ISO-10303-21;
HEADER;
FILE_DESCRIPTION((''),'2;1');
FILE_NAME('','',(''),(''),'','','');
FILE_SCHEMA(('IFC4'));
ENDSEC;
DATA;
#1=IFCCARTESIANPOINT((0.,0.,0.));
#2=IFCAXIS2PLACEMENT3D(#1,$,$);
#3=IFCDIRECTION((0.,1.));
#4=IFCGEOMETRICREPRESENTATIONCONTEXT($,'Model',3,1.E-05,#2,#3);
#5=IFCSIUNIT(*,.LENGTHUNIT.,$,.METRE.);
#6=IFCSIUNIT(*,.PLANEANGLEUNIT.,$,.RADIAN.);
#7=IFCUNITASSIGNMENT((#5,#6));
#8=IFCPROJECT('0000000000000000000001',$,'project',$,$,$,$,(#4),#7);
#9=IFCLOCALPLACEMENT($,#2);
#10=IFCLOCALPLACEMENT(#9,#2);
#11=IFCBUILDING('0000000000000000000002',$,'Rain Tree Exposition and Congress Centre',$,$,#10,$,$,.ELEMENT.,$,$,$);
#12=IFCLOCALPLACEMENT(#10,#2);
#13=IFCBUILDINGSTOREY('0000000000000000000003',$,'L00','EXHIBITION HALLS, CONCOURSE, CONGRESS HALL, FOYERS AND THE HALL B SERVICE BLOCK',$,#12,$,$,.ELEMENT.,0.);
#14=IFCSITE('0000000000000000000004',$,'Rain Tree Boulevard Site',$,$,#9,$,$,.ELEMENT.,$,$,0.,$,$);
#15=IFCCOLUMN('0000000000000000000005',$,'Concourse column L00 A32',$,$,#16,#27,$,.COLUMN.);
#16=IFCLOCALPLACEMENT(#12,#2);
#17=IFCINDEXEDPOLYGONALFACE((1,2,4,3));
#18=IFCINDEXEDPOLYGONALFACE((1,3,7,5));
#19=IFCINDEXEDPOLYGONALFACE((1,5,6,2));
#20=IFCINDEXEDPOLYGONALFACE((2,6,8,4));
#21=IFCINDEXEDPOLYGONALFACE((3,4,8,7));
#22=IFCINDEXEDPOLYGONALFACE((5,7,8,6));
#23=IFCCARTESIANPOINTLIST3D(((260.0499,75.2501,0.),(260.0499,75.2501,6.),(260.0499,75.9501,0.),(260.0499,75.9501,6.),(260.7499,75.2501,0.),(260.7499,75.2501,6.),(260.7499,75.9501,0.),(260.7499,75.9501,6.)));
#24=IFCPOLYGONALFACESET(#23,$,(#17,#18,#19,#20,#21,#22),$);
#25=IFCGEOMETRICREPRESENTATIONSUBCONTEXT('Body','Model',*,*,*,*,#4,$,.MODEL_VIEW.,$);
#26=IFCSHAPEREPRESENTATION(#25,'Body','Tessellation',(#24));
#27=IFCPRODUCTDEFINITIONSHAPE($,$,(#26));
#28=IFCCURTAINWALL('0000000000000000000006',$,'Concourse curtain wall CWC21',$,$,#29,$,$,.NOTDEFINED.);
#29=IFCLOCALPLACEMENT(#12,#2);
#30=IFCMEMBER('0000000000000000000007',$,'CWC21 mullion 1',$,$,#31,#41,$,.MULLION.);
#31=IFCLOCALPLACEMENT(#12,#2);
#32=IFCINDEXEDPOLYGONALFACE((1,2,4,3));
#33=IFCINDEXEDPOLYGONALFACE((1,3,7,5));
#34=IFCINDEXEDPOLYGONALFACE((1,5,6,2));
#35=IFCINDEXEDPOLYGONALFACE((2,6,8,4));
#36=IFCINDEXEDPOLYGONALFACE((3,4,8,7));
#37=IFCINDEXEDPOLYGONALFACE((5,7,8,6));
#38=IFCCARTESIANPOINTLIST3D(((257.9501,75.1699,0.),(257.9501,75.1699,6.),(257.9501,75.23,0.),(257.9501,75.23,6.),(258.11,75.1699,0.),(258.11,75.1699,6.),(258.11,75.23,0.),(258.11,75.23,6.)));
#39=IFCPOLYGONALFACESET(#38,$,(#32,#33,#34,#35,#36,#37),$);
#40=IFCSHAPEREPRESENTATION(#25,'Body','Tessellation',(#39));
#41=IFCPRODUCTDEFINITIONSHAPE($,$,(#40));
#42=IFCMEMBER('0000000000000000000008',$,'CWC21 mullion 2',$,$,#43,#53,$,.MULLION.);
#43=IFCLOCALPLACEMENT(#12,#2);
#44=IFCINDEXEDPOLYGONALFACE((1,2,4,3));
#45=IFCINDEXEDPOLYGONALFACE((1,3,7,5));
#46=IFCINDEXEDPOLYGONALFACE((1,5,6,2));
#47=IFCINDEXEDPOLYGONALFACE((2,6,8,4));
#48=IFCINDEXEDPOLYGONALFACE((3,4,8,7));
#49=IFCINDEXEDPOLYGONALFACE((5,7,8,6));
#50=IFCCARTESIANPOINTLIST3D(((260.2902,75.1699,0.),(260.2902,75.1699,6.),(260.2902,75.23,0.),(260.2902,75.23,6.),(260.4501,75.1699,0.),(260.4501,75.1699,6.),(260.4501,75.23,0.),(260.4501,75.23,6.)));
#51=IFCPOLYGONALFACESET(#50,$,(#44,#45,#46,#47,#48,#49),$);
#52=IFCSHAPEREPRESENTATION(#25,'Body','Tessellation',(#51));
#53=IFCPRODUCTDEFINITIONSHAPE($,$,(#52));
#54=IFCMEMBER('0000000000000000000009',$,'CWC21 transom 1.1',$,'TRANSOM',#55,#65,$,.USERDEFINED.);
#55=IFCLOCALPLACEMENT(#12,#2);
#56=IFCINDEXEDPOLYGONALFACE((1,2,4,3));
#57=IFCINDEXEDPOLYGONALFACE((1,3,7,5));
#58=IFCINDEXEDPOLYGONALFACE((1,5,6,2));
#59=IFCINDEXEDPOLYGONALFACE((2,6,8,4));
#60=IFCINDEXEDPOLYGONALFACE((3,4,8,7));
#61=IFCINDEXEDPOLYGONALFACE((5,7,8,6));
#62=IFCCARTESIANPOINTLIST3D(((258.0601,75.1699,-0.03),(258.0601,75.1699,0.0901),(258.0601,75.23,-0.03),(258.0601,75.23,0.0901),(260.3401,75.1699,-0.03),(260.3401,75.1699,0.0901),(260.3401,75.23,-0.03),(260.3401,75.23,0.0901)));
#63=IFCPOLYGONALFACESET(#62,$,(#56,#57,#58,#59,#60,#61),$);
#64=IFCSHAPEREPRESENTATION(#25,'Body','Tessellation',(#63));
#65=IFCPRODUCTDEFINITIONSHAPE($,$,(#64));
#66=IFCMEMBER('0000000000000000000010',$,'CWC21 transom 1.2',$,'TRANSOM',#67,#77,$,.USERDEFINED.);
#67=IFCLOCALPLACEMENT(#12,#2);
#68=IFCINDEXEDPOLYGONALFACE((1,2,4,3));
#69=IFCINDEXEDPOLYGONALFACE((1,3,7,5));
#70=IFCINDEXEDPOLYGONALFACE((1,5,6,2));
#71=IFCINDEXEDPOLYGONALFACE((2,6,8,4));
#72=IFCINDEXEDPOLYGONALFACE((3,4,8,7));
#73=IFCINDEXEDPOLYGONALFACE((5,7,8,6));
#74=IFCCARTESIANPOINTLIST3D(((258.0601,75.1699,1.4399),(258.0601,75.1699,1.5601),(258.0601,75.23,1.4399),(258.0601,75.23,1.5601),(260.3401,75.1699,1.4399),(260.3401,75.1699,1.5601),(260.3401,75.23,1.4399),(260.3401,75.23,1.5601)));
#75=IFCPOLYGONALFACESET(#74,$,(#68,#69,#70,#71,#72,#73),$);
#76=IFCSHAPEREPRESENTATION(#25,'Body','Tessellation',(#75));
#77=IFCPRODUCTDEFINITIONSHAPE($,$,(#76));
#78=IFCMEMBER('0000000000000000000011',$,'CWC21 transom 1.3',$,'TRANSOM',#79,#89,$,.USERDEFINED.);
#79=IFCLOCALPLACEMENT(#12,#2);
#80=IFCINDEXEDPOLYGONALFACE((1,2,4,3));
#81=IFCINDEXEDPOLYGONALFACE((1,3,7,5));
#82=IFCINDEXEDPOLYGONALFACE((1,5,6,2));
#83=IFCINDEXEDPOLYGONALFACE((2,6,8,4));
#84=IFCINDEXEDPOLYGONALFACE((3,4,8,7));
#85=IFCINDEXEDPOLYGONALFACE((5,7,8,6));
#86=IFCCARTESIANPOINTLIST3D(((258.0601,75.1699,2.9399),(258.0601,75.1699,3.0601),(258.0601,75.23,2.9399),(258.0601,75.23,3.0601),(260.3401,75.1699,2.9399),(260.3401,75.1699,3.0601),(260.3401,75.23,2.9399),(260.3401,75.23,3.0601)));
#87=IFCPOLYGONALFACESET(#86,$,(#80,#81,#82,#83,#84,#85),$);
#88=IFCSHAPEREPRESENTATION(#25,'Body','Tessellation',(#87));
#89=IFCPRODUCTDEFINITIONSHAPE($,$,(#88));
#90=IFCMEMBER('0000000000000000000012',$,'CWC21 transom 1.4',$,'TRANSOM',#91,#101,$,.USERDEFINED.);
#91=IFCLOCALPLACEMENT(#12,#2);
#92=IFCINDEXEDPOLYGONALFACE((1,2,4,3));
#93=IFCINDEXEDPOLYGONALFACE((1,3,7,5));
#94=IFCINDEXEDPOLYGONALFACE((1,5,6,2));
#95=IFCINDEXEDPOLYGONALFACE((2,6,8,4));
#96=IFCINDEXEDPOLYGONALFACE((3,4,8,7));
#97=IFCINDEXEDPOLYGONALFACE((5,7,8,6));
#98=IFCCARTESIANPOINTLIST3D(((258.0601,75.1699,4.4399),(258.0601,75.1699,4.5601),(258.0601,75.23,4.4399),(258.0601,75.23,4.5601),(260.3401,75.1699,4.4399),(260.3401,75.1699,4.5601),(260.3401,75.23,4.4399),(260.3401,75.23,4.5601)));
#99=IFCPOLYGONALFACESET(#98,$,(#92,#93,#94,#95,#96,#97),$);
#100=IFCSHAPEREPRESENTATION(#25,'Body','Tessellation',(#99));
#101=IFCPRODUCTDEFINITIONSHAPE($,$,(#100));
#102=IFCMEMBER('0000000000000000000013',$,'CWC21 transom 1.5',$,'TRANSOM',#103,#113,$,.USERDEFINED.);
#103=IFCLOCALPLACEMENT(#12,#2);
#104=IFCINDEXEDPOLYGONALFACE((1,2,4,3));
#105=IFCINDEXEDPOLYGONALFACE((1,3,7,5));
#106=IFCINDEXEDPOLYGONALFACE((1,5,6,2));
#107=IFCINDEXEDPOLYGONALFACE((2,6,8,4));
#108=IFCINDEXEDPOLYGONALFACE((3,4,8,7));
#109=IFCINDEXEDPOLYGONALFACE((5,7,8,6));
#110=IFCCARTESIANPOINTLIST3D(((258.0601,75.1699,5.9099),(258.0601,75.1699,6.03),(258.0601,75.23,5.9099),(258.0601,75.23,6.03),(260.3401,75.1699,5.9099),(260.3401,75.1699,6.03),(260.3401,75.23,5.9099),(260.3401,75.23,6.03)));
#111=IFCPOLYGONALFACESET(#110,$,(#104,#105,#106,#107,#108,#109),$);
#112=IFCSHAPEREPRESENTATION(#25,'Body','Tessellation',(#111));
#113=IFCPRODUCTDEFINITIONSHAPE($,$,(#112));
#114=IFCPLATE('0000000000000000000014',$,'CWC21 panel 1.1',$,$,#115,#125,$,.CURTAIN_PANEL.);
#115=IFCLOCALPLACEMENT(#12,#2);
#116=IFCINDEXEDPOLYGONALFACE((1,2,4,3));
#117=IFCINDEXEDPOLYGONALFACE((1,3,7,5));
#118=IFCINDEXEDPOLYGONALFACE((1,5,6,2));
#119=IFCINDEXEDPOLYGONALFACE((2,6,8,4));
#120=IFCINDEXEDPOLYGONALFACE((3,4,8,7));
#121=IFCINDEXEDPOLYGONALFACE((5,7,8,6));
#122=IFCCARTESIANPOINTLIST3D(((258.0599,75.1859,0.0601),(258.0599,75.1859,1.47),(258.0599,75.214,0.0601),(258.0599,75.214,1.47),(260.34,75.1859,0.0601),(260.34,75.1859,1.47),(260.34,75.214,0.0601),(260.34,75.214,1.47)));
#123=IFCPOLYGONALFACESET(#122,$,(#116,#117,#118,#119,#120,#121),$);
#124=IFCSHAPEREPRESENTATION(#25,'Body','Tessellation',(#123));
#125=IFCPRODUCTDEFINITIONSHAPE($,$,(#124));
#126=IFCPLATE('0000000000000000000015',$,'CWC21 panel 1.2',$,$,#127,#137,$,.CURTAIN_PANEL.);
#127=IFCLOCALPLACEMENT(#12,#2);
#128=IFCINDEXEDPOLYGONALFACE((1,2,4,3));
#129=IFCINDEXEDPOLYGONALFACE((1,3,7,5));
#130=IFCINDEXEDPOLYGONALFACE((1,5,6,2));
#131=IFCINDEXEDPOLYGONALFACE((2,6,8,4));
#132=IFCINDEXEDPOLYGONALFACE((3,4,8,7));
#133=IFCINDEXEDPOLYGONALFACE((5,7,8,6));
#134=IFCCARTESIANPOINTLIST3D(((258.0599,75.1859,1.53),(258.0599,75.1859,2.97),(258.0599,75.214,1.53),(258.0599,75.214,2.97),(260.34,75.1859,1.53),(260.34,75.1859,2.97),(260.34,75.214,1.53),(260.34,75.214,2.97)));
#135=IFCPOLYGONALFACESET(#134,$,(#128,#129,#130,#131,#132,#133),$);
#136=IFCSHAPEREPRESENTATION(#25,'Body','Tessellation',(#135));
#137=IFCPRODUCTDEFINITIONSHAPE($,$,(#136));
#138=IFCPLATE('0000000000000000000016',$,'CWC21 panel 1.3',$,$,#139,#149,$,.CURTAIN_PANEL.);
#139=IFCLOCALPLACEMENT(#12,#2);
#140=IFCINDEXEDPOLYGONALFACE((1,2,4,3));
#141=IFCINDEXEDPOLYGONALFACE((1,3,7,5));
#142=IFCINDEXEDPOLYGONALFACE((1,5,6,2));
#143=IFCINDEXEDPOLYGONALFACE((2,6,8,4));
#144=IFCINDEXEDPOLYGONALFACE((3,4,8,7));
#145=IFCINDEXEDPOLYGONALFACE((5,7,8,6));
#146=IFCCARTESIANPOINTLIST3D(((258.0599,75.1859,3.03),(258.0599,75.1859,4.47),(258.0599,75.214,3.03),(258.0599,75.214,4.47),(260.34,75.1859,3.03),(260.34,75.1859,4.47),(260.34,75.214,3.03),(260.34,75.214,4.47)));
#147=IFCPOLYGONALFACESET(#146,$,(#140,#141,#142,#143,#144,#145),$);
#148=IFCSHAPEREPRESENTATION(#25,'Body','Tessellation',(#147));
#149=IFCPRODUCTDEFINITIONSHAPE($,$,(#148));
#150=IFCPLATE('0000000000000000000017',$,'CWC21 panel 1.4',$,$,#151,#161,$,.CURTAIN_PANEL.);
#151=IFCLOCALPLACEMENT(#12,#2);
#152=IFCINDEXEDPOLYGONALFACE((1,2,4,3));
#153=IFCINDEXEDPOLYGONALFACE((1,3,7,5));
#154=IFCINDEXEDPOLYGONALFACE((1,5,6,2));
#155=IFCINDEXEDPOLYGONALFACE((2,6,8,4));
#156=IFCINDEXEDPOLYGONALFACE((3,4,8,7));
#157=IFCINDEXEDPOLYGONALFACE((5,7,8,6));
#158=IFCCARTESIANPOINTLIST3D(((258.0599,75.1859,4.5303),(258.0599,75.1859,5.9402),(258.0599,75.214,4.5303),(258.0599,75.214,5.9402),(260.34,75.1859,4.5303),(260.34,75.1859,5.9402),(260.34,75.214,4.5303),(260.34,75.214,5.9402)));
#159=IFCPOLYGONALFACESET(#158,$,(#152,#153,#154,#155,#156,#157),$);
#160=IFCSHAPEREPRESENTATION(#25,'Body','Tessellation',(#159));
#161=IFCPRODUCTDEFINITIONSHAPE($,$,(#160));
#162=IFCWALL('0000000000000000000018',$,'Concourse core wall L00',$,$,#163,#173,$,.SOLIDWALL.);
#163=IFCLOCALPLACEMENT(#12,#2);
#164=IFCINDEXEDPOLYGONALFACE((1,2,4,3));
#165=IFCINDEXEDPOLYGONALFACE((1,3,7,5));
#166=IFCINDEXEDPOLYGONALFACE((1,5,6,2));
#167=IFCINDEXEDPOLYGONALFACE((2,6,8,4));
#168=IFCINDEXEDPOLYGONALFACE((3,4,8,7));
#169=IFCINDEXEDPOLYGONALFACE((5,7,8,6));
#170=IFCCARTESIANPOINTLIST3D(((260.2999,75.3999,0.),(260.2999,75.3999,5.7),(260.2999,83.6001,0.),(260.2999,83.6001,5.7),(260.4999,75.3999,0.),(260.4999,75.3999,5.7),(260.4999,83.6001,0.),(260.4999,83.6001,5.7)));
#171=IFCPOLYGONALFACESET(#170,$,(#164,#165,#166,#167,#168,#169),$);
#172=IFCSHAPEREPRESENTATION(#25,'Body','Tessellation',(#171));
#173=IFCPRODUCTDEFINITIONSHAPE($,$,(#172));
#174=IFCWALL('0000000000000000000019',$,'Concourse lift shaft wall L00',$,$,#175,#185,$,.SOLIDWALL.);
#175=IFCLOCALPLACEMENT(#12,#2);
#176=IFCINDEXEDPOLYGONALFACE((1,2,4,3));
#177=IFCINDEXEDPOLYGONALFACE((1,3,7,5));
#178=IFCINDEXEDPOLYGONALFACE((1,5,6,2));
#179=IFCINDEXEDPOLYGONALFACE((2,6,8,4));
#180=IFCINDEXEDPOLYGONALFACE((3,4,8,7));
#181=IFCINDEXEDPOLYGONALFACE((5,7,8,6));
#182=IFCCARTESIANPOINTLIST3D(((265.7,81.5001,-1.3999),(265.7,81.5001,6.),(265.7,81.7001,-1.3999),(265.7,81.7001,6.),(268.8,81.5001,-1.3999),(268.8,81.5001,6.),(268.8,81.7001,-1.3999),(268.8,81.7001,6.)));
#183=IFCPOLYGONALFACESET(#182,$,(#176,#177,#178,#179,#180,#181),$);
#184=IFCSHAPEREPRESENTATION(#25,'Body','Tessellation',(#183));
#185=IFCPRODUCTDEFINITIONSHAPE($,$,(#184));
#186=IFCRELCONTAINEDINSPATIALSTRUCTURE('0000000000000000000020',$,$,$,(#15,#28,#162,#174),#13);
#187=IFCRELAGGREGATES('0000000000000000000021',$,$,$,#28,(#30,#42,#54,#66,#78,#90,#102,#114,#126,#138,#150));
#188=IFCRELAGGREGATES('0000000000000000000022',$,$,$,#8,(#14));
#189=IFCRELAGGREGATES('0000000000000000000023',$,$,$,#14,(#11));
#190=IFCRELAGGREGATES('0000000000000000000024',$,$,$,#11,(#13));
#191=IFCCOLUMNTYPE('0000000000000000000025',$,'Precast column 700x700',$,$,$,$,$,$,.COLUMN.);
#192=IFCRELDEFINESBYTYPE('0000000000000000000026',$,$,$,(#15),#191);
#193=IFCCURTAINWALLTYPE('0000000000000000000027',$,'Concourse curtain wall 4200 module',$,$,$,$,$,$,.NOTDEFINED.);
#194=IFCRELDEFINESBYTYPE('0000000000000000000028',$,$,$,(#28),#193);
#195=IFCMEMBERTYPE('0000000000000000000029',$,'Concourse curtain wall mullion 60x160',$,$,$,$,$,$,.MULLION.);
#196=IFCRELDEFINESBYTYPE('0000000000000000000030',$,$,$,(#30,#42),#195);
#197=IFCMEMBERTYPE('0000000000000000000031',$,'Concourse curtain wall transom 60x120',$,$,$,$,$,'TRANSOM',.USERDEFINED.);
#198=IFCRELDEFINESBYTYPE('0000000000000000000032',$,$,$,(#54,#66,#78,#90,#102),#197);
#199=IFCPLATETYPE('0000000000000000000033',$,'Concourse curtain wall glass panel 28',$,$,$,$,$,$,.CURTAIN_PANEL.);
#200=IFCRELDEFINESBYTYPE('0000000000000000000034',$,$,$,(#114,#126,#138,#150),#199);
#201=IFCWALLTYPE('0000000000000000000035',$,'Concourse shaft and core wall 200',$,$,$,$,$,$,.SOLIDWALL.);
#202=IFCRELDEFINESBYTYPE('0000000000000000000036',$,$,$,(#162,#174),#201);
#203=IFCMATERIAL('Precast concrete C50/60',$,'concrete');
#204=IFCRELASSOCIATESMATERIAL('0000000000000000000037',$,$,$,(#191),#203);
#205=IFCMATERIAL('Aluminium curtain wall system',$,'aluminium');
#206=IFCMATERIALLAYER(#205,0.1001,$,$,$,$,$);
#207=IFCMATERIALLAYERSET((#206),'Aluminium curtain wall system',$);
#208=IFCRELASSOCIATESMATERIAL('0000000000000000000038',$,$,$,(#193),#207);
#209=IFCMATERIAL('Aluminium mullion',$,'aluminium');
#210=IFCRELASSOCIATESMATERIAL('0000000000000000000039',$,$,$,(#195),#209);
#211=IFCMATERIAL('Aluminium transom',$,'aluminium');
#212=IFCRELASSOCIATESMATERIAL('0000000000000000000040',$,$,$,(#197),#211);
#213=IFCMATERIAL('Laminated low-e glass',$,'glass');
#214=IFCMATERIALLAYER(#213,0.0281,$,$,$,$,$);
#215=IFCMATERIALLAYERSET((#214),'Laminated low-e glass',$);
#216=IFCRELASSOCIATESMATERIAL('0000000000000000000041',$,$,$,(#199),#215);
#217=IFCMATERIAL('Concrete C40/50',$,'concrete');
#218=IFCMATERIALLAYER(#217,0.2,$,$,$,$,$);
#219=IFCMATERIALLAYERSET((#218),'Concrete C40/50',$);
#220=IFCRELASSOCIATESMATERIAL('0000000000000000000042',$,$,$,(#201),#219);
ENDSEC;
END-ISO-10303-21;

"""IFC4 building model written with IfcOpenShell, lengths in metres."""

from ifc_helpers import new_model, si_unit, direction, frame, frame_2d, origin, origin_2d, place, context, subcontext, project, spatial, rectangle, extrude, material, layer, layer_set, material_profile, profile_set, type_object, element, aggregate, save


model = new_model("IFC4")

# Units and contexts
model_context = context("Model", 3, precision=1e-05, world=origin(), true_north=direction((0.0, 1.0)))
body_context = subcontext(model_context, "Body", "Model", "MODEL_VIEW")
ifc_project = project(units=[si_unit("LENGTHUNIT", "METRE"), si_unit("PLANEANGLEUNIT", "RADIAN")], contexts=[model_context])

# Site, building, storey
site_placement = place(None, origin())
site = spatial("IfcSite", under=ifc_project, at=site_placement, Name="Rain Tree Boulevard Site", CompositionType="ELEMENT", RefElevation=0.0)
building_placement = place(site_placement, origin())
building = spatial("IfcBuilding", under=site, at=building_placement, Name="Rain Tree Exposition and Congress Centre", CompositionType="ELEMENT")
storey_placement = place(building_placement, origin())
storey = spatial("IfcBuildingStorey", under=building, at=storey_placement, Name="L00", Description="EXHIBITION HALLS, CONCOURSE, CONGRESS HALL, FOYERS AND THE HALL B SERVICE BLOCK", CompositionType="ELEMENT", Elevation=0.0)

# Column
ifc_material_1 = material(Name="Precast concrete C50/60", Category="concrete")
ifc_material_profile_1 = material_profile(ifc_material_1, rectangle(XDim=0.7, YDim=0.7, at=origin_2d()), Name="RC 700x700")
ifc_profile_set_1 = profile_set([ifc_material_profile_1], Name="Precast concrete C50/60")
column_type = type_object("IfcColumnType", Name="Precast column 700x700", PredefinedType="COLUMN", material=ifc_profile_set_1)
column_placement = place(storey_placement, frame((260.3999, 75.6001, 0.0), z_axis=(0.0, 0.0, 1.0), x_axis=(1.0, 0.0, 0.0)))
element("IfcColumn", 1, at=column_placement, inside=storey, type_object=column_type, Name="Concourse column L00 A32", PredefinedType="COLUMN", context=body_context, shape_type="SweptSolid", body=[
    extrude(rectangle(XDim=0.7, YDim=0.7, at=origin_2d()), origin(), (0.0, 0.0, 1.0), 6.0),
])

# Curtain wall, members, plates
ifc_material_2 = material(Name="Aluminium curtain wall system", Category="aluminium")
ifc_layer_1 = layer(ifc_material_2, 0.1001)
ifc_layer_set_1 = layer_set([ifc_layer_1], Name="Aluminium curtain wall system")
curtain_wall_type = type_object("IfcCurtainWallType", Name="Concourse curtain wall 4200 module", PredefinedType="NOTDEFINED", material=ifc_layer_set_1)
curtain_wall_placement = place(storey_placement, origin())
curtain_wall = element("IfcCurtainWall", 2, at=curtain_wall_placement, inside=storey, type_object=curtain_wall_type, Name="Concourse curtain wall CWC21", PredefinedType="NOTDEFINED")
ifc_material_3 = material(Name="Aluminium mullion", Category="aluminium")
ifc_material_profile_2 = material_profile(ifc_material_3, rectangle(XDim=0.0601, YDim=0.1599, at=origin_2d()), Name="AL 60x160")
ifc_profile_set_2 = profile_set([ifc_material_profile_2], Name="Aluminium mullion")
member_type_1 = type_object("IfcMemberType", Name="Concourse curtain wall mullion 60x160", PredefinedType="MULLION", material=ifc_profile_set_2)
member_1_placement = place(storey_placement, frame((258.03, 75.2, 0.0), z_axis=(0.0, 0.0, 1.0), x_axis=(0.0, 1.0, 0.0)))
member_1 = element("IfcMember", 3, at=member_1_placement, type_object=member_type_1, Name="CWC21 mullion 1", PredefinedType="MULLION", context=body_context, shape_type="SweptSolid", body=[
    extrude(rectangle(XDim=0.0601, YDim=0.1599, at=origin_2d()), origin(), (0.0, 0.0, 1.0), 6.0),
])
member_2_placement = place(storey_placement, frame((260.3701, 75.2, 0.0), z_axis=(0.0, 0.0, 1.0), x_axis=(0.0, 1.0, 0.0)))
member_2 = element("IfcMember", 4, at=member_2_placement, type_object=member_type_1, Name="CWC21 mullion 2", PredefinedType="MULLION", context=body_context, shape_type="SweptSolid", body=[
    extrude(rectangle(XDim=0.0601, YDim=0.1599, at=origin_2d()), origin(), (0.0, 0.0, 1.0), 6.0),
])
ifc_material_4 = material(Name="Aluminium transom", Category="aluminium")
ifc_material_profile_3 = material_profile(ifc_material_4, rectangle(XDim=0.0601, YDim=0.1201, at=origin_2d()), Name="AL 60x120")
ifc_profile_set_3 = profile_set([ifc_material_profile_3], Name="Aluminium transom")
member_type_2 = type_object("IfcMemberType", Name="Concourse curtain wall transom 60x120", ElementType="TRANSOM", PredefinedType="USERDEFINED", material=ifc_profile_set_3)
member_3_placement = place(storey_placement, frame((258.0601, 75.2, 0.03), z_axis=(1.0, 0.0, 0.0), x_axis=(0.0, 1.0, 0.0)))
member_3 = element("IfcMember", 5, at=member_3_placement, type_object=member_type_2, Name="CWC21 transom 1.1", ObjectType="TRANSOM", PredefinedType="USERDEFINED", context=body_context, shape_type="SweptSolid", body=[
    extrude(rectangle(XDim=0.0601, YDim=0.1201, at=origin_2d()), origin(), (0.0, 0.0, 1.0), 2.28),
])
member_4_placement = place(storey_placement, frame((258.0601, 75.2, 1.5), z_axis=(1.0, 0.0, 0.0), x_axis=(0.0, 1.0, 0.0)))
member_4 = element("IfcMember", 6, at=member_4_placement, type_object=member_type_2, Name="CWC21 transom 1.2", ObjectType="TRANSOM", PredefinedType="USERDEFINED", context=body_context, shape_type="SweptSolid", body=[
    extrude(rectangle(XDim=0.0601, YDim=0.1201, at=origin_2d()), origin(), (0.0, 0.0, 1.0), 2.28),
])
member_5_placement = place(storey_placement, frame((258.0601, 75.2, 3.0), z_axis=(1.0, 0.0, 0.0), x_axis=(0.0, 1.0, 0.0)))
member_5 = element("IfcMember", 7, at=member_5_placement, type_object=member_type_2, Name="CWC21 transom 1.3", ObjectType="TRANSOM", PredefinedType="USERDEFINED", context=body_context, shape_type="SweptSolid", body=[
    extrude(rectangle(XDim=0.0601, YDim=0.1201, at=origin_2d()), origin(), (0.0, 0.0, 1.0), 2.28),
])
member_6_placement = place(storey_placement, frame((258.0601, 75.2, 4.5), z_axis=(1.0, 0.0, 0.0), x_axis=(0.0, 1.0, 0.0)))
member_6 = element("IfcMember", 8, at=member_6_placement, type_object=member_type_2, Name="CWC21 transom 1.4", ObjectType="TRANSOM", PredefinedType="USERDEFINED", context=body_context, shape_type="SweptSolid", body=[
    extrude(rectangle(XDim=0.0601, YDim=0.1201, at=origin_2d()), origin(), (0.0, 0.0, 1.0), 2.28),
])
member_7_placement = place(storey_placement, frame((258.0601, 75.2, 5.97), z_axis=(1.0, 0.0, 0.0), x_axis=(0.0, 1.0, 0.0)))
member_7 = element("IfcMember", 9, at=member_7_placement, type_object=member_type_2, Name="CWC21 transom 1.5", ObjectType="TRANSOM", PredefinedType="USERDEFINED", context=body_context, shape_type="SweptSolid", body=[
    extrude(rectangle(XDim=0.0601, YDim=0.1201, at=origin_2d()), origin(), (0.0, 0.0, 1.0), 2.28),
])
ifc_material_5 = material(Name="Laminated low-e glass", Category="glass")
ifc_layer_2 = layer(ifc_material_5, 0.0281)
ifc_layer_set_2 = layer_set([ifc_layer_2], Name="Laminated low-e glass")
plate_type = type_object("IfcPlateType", Name="Concourse curtain wall glass panel 28", PredefinedType="CURTAIN_PANEL", material=ifc_layer_set_2)
plate_1_placement = place(storey_placement, frame((259.2, 75.2, 0.0601), z_axis=(0.0, 0.0, 1.0), x_axis=(1.0, 0.0, 0.0)))
plate_1 = element("IfcPlate", 10, at=plate_1_placement, type_object=plate_type, Name="CWC21 panel 1.1", PredefinedType="CURTAIN_PANEL", context=body_context, shape_type="SweptSolid", body=[
    extrude(rectangle(XDim=2.28, YDim=0.0281, at=origin_2d()), origin(), (0.0, 0.0, 1.0), 1.4099),
])
plate_2_placement = place(storey_placement, frame((259.2, 75.2, 1.53), z_axis=(0.0, 0.0, 1.0), x_axis=(1.0, 0.0, 0.0)))
plate_2 = element("IfcPlate", 11, at=plate_2_placement, type_object=plate_type, Name="CWC21 panel 1.2", PredefinedType="CURTAIN_PANEL", context=body_context, shape_type="SweptSolid", body=[
    extrude(rectangle(XDim=2.28, YDim=0.0281, at=origin_2d()), origin(), (0.0, 0.0, 1.0), 1.4399),
])
plate_3_placement = place(storey_placement, frame((259.2, 75.2, 3.03), z_axis=(0.0, 0.0, 1.0), x_axis=(1.0, 0.0, 0.0)))
plate_3 = element("IfcPlate", 12, at=plate_3_placement, type_object=plate_type, Name="CWC21 panel 1.3", PredefinedType="CURTAIN_PANEL", context=body_context, shape_type="SweptSolid", body=[
    extrude(rectangle(XDim=2.28, YDim=0.0281, at=origin_2d()), origin(), (0.0, 0.0, 1.0), 1.4399),
])
plate_4_placement = place(storey_placement, frame((259.2, 75.2, 4.5303), z_axis=(0.0, 0.0, 1.0), x_axis=(1.0, 0.0, 0.0)))
plate_4 = element("IfcPlate", 13, at=plate_4_placement, type_object=plate_type, Name="CWC21 panel 1.4", PredefinedType="CURTAIN_PANEL", context=body_context, shape_type="SweptSolid", body=[
    extrude(rectangle(XDim=2.28, YDim=0.0281, at=origin_2d()), origin(), (0.0, 0.0, 1.0), 1.4099),
])
aggregate(curtain_wall, [member_1, member_2, member_3, member_4, member_5, member_6, member_7, plate_1, plate_2, plate_3, plate_4])

# Wall
ifc_material_6 = material(Name="Concrete C40/50", Category="concrete")
ifc_layer_3 = layer(ifc_material_6, 0.2)
ifc_layer_set_3 = layer_set([ifc_layer_3], Name="Concrete C40/50")
wall_type = type_object("IfcWallType", Name="Concourse shaft and core wall 200", PredefinedType="SOLIDWALL", material=ifc_layer_set_3)
wall_1_placement = place(storey_placement, frame((260.3999, 75.3999, 0.0), z_axis=(0.0, 0.0, 1.0), x_axis=(0.0, 1.0, 0.0)))
element("IfcWall", 14, at=wall_1_placement, inside=storey, type_object=wall_type, Name="Concourse core wall L00", PredefinedType="SOLIDWALL", context=body_context, shape_type="SweptSolid", body=[
    extrude(rectangle(XDim=8.2002, YDim=0.2, at=frame_2d((4.1001, 0.0))), origin(), (0.0, 0.0, 1.0), 5.7),
])

# Wall
wall_2_placement = place(storey_placement, frame((265.7, 81.6001, -1.3999), z_axis=(0.0, 0.0, 1.0), x_axis=(1.0, 0.0, 0.0)))
element("IfcWall", 15, at=wall_2_placement, inside=storey, type_object=wall_type, Name="Concourse lift shaft wall L00", PredefinedType="SOLIDWALL", context=body_context, shape_type="SweptSolid", body=[
    extrude(rectangle(XDim=3.1001, YDim=0.2, at=frame_2d((1.55, 0.0))), origin(), (0.0, 0.0, 1.0), 7.3999),
])

save(model, "model.ifc")
